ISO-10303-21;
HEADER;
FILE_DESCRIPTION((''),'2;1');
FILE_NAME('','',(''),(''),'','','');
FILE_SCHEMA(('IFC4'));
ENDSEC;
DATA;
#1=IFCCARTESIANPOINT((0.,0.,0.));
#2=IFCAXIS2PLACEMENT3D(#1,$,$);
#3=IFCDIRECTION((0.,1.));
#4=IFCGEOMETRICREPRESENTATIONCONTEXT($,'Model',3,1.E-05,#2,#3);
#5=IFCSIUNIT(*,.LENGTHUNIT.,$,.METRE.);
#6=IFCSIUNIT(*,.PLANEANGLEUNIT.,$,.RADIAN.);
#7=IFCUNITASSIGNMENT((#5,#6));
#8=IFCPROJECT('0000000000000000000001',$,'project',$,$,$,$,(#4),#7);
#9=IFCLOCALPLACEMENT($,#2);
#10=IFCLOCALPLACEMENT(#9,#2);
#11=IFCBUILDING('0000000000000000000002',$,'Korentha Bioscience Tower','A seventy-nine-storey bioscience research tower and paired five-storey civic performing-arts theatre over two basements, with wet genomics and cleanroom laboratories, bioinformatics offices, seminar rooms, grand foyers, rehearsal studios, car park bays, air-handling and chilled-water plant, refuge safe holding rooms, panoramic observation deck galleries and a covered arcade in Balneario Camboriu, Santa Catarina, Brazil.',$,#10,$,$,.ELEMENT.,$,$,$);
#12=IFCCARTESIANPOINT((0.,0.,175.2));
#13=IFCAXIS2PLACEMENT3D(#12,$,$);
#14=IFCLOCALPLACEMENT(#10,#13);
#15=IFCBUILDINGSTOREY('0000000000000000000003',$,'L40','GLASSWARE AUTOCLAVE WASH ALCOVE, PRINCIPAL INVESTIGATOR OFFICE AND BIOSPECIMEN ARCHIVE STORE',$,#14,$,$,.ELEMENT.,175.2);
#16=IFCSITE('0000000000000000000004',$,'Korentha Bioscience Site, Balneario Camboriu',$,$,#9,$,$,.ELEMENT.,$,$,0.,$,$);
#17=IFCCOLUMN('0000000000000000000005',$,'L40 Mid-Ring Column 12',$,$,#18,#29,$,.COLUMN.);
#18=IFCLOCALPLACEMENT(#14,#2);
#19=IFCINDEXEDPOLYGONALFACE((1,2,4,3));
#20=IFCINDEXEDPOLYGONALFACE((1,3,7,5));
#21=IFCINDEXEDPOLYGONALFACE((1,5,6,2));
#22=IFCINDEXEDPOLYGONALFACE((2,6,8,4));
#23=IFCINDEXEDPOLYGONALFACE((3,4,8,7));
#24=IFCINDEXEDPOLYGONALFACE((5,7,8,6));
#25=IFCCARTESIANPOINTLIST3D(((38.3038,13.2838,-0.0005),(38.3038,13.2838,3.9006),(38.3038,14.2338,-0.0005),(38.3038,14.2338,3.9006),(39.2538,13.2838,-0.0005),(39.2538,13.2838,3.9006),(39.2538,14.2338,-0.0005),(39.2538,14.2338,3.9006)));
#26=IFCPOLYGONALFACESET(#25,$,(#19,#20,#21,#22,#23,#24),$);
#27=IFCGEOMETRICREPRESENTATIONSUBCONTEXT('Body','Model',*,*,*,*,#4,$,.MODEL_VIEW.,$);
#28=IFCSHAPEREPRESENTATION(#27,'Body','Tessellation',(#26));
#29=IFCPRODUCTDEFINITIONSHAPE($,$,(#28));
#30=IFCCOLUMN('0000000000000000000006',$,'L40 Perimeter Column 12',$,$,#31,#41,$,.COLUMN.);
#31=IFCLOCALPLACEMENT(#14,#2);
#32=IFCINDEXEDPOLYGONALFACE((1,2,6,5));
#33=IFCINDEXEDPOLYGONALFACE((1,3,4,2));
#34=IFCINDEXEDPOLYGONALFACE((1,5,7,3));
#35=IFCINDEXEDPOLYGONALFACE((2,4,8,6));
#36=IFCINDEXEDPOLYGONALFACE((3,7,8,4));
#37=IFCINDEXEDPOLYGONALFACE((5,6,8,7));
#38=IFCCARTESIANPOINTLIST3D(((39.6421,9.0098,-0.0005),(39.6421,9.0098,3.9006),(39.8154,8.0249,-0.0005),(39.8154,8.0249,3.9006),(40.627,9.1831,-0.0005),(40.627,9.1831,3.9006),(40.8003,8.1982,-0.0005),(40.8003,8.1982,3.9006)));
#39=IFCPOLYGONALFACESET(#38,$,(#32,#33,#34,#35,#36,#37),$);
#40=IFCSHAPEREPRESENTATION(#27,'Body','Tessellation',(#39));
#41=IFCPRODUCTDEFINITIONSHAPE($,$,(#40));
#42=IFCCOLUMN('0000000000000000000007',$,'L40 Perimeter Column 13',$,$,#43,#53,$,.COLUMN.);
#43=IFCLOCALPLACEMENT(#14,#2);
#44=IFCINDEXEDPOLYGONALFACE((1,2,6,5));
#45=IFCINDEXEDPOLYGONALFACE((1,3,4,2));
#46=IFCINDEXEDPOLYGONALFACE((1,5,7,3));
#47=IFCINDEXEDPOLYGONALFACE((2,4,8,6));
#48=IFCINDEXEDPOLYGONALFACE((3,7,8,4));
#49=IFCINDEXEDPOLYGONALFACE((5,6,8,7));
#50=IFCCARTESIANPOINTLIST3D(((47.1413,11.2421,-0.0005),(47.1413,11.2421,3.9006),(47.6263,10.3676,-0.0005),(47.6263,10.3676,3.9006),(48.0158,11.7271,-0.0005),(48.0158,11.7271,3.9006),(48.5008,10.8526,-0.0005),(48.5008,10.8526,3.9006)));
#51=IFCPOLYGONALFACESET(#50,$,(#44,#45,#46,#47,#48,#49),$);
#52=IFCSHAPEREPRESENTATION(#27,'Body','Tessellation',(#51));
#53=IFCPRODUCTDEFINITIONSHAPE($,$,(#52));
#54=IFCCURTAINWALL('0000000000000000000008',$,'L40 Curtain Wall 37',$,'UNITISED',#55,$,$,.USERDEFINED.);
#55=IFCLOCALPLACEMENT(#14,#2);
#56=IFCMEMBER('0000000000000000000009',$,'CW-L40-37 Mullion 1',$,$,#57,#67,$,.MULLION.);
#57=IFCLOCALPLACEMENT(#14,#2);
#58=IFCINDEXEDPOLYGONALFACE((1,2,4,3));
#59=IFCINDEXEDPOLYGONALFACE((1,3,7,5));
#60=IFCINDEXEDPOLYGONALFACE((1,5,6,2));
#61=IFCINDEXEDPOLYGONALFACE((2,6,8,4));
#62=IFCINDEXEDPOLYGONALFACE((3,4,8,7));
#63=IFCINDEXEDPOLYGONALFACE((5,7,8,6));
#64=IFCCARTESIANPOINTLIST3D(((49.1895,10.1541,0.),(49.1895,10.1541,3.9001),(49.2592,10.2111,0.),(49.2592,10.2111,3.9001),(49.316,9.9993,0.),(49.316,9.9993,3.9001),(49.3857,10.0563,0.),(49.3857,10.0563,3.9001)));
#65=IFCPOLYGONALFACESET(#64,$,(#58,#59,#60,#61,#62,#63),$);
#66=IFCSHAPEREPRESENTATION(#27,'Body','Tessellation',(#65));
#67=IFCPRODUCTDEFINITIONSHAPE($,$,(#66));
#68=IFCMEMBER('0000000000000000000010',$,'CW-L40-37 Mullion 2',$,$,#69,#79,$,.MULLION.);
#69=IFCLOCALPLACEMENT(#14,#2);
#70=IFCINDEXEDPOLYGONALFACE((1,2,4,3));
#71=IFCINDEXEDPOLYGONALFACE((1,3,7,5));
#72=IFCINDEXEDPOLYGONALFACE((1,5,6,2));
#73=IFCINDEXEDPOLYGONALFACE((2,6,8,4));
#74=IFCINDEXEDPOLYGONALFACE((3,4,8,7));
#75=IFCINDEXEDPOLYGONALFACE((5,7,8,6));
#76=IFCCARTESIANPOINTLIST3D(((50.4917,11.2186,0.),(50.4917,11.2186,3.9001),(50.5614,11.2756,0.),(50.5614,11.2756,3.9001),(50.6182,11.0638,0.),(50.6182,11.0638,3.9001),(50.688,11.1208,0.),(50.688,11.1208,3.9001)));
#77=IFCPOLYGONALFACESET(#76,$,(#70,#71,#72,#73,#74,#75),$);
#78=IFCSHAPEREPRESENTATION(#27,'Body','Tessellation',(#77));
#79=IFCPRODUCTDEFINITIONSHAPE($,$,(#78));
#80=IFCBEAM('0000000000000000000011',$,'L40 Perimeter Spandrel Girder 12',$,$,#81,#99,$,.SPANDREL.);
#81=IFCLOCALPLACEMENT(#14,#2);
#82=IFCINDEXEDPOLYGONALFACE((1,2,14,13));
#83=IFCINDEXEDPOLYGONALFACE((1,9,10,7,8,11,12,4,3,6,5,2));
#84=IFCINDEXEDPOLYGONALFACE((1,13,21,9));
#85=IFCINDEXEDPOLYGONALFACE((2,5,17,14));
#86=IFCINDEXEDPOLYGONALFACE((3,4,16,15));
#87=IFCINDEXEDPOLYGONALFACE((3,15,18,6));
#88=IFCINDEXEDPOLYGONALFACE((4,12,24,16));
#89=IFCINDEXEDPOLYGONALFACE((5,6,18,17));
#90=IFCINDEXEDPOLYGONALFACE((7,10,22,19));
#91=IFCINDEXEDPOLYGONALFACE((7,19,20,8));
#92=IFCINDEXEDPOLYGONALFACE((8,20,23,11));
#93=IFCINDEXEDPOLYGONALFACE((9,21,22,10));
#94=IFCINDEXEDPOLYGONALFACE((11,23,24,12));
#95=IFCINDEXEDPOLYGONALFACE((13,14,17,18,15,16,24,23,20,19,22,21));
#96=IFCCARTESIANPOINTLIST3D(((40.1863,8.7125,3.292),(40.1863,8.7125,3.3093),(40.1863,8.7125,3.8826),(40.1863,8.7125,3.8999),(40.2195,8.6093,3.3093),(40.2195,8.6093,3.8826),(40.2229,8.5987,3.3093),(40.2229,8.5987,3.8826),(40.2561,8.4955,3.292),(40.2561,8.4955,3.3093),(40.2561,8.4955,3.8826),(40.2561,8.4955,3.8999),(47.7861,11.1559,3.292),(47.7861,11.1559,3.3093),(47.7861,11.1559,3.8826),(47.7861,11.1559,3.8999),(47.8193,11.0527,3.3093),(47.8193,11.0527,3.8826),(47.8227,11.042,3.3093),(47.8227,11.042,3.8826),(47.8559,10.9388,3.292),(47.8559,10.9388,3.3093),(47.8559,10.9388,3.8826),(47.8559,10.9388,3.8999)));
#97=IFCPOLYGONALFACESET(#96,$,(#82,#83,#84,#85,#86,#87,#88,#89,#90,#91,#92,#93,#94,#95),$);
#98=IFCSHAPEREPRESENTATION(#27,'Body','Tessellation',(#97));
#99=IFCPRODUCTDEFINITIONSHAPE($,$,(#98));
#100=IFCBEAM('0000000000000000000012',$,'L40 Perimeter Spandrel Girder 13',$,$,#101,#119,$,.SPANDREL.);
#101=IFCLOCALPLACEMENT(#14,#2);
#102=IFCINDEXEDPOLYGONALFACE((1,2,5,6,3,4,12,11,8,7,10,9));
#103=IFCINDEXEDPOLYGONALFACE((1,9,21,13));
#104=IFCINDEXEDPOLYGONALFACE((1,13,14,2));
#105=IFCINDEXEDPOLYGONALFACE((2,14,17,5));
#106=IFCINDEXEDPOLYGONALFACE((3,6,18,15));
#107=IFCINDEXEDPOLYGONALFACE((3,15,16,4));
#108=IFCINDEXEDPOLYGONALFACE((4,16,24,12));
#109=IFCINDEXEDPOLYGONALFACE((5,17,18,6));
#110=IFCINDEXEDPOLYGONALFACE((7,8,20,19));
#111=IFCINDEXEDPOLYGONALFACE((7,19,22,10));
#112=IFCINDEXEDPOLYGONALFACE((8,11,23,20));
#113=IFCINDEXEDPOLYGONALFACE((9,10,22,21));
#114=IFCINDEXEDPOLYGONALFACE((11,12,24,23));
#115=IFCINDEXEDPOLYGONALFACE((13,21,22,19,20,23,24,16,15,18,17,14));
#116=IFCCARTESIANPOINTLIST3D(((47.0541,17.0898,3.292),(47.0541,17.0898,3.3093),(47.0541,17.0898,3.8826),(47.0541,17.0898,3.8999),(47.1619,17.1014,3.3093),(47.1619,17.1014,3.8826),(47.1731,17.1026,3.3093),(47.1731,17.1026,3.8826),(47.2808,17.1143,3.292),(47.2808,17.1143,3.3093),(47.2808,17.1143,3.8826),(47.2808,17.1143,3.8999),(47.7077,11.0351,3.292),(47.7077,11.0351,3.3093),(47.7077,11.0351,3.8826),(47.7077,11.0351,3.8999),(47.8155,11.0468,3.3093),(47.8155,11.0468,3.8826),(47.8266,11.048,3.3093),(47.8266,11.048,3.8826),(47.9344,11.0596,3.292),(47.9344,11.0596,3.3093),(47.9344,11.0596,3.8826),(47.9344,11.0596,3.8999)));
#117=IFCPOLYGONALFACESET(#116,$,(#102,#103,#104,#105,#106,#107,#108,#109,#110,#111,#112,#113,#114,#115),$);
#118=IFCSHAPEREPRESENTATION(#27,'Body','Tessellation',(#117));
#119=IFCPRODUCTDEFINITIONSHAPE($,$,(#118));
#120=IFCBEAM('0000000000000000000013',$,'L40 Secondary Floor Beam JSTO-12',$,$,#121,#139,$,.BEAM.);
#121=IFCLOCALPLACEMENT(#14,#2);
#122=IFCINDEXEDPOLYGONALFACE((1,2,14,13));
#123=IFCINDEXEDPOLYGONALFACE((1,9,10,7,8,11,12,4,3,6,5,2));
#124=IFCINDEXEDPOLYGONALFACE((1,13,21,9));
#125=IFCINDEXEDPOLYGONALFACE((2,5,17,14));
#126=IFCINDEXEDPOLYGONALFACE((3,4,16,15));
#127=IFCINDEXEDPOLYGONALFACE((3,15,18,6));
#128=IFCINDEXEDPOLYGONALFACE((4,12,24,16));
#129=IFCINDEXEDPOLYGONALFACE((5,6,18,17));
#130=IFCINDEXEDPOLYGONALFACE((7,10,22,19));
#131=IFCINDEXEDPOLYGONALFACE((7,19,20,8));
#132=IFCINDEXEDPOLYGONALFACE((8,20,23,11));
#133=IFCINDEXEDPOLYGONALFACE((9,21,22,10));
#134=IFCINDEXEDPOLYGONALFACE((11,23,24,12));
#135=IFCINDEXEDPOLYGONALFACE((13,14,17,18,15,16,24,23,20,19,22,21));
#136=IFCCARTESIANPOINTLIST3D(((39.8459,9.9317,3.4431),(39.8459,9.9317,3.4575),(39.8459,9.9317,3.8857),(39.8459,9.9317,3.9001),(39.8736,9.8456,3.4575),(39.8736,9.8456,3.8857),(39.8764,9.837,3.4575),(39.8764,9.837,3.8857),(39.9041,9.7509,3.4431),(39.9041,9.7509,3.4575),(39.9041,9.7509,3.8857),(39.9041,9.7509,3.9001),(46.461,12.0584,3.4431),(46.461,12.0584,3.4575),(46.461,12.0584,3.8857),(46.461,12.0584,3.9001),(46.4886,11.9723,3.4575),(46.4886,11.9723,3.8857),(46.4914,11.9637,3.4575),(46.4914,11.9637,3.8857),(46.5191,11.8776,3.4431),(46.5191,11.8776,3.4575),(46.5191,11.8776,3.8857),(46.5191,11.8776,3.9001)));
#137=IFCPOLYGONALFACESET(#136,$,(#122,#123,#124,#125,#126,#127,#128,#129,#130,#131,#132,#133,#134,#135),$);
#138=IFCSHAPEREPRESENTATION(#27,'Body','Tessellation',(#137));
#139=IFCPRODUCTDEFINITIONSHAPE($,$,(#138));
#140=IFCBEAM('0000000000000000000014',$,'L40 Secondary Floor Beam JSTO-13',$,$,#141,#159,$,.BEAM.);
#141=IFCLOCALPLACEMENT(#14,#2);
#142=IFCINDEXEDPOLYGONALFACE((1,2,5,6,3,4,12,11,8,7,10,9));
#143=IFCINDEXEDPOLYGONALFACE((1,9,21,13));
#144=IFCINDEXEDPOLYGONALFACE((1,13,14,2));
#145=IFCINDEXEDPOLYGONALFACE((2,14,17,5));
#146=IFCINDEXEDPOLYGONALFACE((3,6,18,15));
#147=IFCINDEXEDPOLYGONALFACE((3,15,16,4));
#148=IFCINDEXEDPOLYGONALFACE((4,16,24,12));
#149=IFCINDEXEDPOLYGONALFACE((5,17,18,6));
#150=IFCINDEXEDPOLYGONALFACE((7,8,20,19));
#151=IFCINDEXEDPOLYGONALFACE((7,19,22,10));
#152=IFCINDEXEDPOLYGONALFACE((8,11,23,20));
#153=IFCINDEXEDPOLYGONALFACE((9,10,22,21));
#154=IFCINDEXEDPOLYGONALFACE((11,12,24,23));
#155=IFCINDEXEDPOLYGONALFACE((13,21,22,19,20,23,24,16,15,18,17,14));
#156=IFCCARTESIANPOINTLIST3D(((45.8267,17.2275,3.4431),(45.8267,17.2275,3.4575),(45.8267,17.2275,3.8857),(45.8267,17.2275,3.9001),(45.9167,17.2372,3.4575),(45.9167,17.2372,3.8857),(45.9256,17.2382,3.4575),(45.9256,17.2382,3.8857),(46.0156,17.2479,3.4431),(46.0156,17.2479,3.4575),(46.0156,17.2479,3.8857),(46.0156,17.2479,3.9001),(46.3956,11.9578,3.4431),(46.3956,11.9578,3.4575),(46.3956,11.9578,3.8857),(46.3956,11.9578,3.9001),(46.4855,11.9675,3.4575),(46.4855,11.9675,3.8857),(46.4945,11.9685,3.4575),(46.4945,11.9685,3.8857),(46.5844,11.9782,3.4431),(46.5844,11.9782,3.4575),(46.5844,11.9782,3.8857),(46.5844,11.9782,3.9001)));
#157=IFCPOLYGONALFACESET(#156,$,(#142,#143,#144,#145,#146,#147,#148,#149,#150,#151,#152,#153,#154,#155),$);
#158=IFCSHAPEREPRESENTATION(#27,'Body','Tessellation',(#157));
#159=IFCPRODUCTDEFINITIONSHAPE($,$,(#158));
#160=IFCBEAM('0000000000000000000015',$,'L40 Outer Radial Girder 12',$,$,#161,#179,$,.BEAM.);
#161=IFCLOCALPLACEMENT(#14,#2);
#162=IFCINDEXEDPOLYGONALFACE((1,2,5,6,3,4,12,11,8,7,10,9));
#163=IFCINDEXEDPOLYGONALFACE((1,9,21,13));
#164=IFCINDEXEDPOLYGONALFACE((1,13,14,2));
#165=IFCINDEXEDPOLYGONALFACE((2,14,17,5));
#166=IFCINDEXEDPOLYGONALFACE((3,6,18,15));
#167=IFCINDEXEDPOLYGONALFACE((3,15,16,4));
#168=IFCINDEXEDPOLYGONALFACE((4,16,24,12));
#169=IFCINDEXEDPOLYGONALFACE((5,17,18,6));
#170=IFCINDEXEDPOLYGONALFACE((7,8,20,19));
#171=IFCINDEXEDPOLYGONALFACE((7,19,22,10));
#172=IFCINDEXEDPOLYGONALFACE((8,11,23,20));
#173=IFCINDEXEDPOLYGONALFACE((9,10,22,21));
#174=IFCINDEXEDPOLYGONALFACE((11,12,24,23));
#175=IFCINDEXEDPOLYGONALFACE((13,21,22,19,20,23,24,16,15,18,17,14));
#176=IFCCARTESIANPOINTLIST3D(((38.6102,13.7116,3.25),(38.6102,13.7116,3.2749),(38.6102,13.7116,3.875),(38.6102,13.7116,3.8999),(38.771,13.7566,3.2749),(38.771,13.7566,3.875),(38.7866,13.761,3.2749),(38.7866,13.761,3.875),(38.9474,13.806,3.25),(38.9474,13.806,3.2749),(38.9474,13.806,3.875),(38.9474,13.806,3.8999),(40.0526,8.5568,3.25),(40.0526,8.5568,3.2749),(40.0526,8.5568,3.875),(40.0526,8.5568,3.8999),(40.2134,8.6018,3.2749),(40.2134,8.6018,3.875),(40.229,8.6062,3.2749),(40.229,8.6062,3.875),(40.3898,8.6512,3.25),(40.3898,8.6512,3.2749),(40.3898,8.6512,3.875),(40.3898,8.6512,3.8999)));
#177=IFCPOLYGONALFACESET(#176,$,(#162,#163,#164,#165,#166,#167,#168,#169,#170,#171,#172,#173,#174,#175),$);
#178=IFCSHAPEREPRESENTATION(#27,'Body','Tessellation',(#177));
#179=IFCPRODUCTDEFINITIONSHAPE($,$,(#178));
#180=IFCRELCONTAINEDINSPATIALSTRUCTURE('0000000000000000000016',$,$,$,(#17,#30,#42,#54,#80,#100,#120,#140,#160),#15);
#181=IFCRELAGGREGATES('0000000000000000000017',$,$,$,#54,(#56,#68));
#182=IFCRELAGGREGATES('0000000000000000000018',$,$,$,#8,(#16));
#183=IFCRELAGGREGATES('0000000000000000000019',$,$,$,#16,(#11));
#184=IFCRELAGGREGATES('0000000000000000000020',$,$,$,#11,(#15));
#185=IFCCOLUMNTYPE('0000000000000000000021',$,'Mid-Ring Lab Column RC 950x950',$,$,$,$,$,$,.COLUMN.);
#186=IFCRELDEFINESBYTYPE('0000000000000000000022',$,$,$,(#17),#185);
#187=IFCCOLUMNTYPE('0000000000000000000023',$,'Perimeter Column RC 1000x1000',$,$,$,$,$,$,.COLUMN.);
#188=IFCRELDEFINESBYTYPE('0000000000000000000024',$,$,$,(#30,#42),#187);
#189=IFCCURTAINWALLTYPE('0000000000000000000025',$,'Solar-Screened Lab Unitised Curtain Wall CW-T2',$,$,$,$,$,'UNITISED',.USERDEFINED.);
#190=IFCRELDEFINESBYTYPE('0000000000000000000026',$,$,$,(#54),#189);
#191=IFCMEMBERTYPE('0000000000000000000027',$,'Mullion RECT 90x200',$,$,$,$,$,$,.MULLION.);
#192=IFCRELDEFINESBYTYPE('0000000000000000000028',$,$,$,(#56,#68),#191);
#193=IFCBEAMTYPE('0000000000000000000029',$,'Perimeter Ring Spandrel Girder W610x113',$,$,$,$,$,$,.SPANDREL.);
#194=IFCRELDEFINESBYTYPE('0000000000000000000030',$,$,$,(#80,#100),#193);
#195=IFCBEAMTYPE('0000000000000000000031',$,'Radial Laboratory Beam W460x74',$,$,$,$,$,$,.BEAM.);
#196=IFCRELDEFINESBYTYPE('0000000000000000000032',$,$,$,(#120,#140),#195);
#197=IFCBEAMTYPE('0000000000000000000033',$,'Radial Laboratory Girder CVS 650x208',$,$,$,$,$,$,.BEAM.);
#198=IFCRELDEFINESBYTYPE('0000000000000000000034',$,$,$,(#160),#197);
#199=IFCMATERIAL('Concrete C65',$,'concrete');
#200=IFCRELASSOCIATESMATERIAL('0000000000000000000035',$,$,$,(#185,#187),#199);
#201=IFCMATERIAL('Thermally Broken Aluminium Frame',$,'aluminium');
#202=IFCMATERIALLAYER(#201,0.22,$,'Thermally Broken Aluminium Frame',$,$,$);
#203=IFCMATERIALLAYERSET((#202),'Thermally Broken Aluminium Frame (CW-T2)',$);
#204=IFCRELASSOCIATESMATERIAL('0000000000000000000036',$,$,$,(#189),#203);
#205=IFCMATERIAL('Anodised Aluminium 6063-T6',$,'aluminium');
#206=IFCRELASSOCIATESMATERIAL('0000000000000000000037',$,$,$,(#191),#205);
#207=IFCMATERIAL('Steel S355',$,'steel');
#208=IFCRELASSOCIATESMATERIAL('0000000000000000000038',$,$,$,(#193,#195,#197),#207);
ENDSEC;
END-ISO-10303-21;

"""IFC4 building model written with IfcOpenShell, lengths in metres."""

from ifc_helpers import new_model, si_unit, direction, frame, origin, origin_2d, place, context, subcontext, project, spatial, rectangle, i_section, extrude, material, layer, layer_set, material_profile, profile_set, type_object, element, aggregate, save


model = new_model("IFC4")

# Units and contexts
model_context = context("Model", 3, precision=1e-05, world=origin(), true_north=direction((0.0, 1.0)))
body_context = subcontext(model_context, "Body", "Model", "MODEL_VIEW")
ifc_project = project(units=[si_unit("LENGTHUNIT", "METRE"), si_unit("PLANEANGLEUNIT", "RADIAN")], contexts=[model_context])

# Site, building, storey
site_placement = place(None, origin())
site = spatial("IfcSite", under=ifc_project, at=site_placement, Name="Korentha Bioscience Site, Balneario Camboriu", CompositionType="ELEMENT", RefElevation=0.0)
building_placement = place(site_placement, origin())
building = spatial("IfcBuilding", under=site, at=building_placement, Name="Korentha Bioscience Tower", Description="A seventy-nine-storey bioscience research tower and paired five-storey civic performing-arts theatre over two basements, with wet genomics and cleanroom laboratories, bioinformatics offices, seminar rooms, grand foyers, rehearsal studios, car park bays, air-handling and chilled-water plant, refuge safe holding rooms, panoramic observation deck galleries and a covered arcade in Balneario Camboriu, Santa Catarina, Brazil.", CompositionType="ELEMENT")
storey_placement = place(building_placement, frame((0.0, 0.0, 175.2)))
storey = spatial("IfcBuildingStorey", under=building, at=storey_placement, Name="L40", Description="GLASSWARE AUTOCLAVE WASH ALCOVE, PRINCIPAL INVESTIGATOR OFFICE AND BIOSPECIMEN ARCHIVE STORE", CompositionType="ELEMENT", Elevation=175.2)

# Columns
ifc_material_1 = material(Name="Concrete C65", Category="concrete")
ifc_material_profile_1 = material_profile(ifc_material_1, rectangle(XDim=0.95, YDim=0.95, at=origin_2d()), Name="Concrete C65")
ifc_profile_set_1 = profile_set([ifc_material_profile_1], Name="Concrete C65 (COL-MR09)")
column_type_1 = type_object("IfcColumnType", Name="Mid-Ring Lab Column RC 950x950", PredefinedType="COLUMN", material=ifc_profile_set_1)
column_placement = place(storey_placement, frame((38.7788, 13.7588, -0.0005), z_axis=(0.0, 0.0, 1.0), x_axis=(1.0, 0.0, 0.0)))
element("IfcColumn", 1, at=column_placement, inside=storey, type_object=column_type_1, Name="L40 Mid-Ring Column 12", PredefinedType="COLUMN", context=body_context, shape_type="SweptSolid", body=[
    extrude(rectangle(XDim=0.95, YDim=0.95, at=origin_2d()), origin(), (0.0, 0.0, 1.0), 3.9011),
])
ifc_material_profile_2 = material_profile(ifc_material_1, rectangle(XDim=1.0, YDim=1.0, at=origin_2d()), Name="Concrete C65")
ifc_profile_set_2 = profile_set([ifc_material_profile_2], Name="Concrete C65 (COL-P10)")
column_type_2 = type_object("IfcColumnType", Name="Perimeter Column RC 1000x1000", PredefinedType="COLUMN", material=ifc_profile_set_2)
for number, where, z_axis, x_axis, name in (
    (2, (40.2212, 8.604, -0.0005), (0.0, 0.0, 1.0), (0.984868, 0.173304, 0.0), "L40 Perimeter Column 12"),
    (3, (47.821, 11.0474, -0.0005), (0.0, 0.0, 1.0), (0.874535, 0.484962, 0.0), "L40 Perimeter Column 13"),
):
    element("IfcColumn", number, at=place(storey_placement, frame(where, z_axis=z_axis, x_axis=x_axis)), inside=storey, type_object=column_type_2, Name=name, PredefinedType="COLUMN", context=body_context, shape_type="SweptSolid", body=[
        extrude(rectangle(XDim=1.0, YDim=1.0, at=origin_2d()), origin(), (0.0, 0.0, 1.0), 3.9011),
    ])

# Curtain wall, members
ifc_material_2 = material(Name="Thermally Broken Aluminium Frame", Category="aluminium")
ifc_layer_1 = layer(ifc_material_2, 0.22, Name="Thermally Broken Aluminium Frame")
ifc_layer_set_1 = layer_set([ifc_layer_1], Name="Thermally Broken Aluminium Frame (CW-T2)")
curtain_wall_type = type_object("IfcCurtainWallType", Name="Solar-Screened Lab Unitised Curtain Wall CW-T2", ElementType="UNITISED", PredefinedType="USERDEFINED", material=ifc_layer_set_1)
curtain_wall_placement = place(storey_placement, origin())
curtain_wall = element("IfcCurtainWall", 4, at=curtain_wall_placement, inside=storey, type_object=curtain_wall_type, Name="L40 Curtain Wall 37", ObjectType="UNITISED", PredefinedType="USERDEFINED")
ifc_material_3 = material(Name="Anodised Aluminium 6063-T6", Category="aluminium")
ifc_material_profile_3 = material_profile(ifc_material_3, rectangle(XDim=0.0901, YDim=0.2, at=origin_2d()), Name="Anodised Aluminium 6063-T6")
ifc_profile_set_3 = profile_set([ifc_material_profile_3], Name="Anodised Aluminium 6063-T6 (CW-MUL)")
member_type_1 = type_object("IfcMemberType", Name="Mullion RECT 90x200", PredefinedType="MULLION", material=ifc_profile_set_3)
member_1_placement = place(storey_placement, frame((49.2876, 10.1052, 0.0), z_axis=(0.0, 0.0, 1.0), x_axis=(0.774256, 0.632872, 0.0)))
member_1 = element("IfcMember", 5, at=member_1_placement, type_object=member_type_1, Name="CW-L40-37 Mullion 1", PredefinedType="MULLION", context=body_context, shape_type="SweptSolid", body=[
    extrude(rectangle(XDim=0.0901, YDim=0.2, at=origin_2d()), origin(), (0.0, 0.0, 1.0), 3.9001),
])
member_2_placement = place(storey_placement, frame((50.5898, 11.1697, 0.0), z_axis=(0.0, 0.0, 1.0), x_axis=(0.774256, 0.632872, 0.0)))
member_2 = element("IfcMember", 6, at=member_2_placement, type_object=member_type_1, Name="CW-L40-37 Mullion 2", PredefinedType="MULLION", context=body_context, shape_type="SweptSolid", body=[
    extrude(rectangle(XDim=0.0901, YDim=0.2, at=origin_2d()), origin(), (0.0, 0.0, 1.0), 3.9001),
])

# Beams
ifc_material_4 = material(Name="Steel S355", Category="steel")
ifc_material_profile_4 = material_profile(ifc_material_4, i_section(OverallWidth=0.228, OverallDepth=0.6079, WebThickness=0.0112, FlangeThickness=0.0173, at=origin_2d()), Name="Steel S355")
ifc_profile_set_4 = profile_set([ifc_material_profile_4], Name="Steel S355 (SB-610)")
beam_type_1 = type_object("IfcBeamType", Name="Perimeter Ring Spandrel Girder W610x113", PredefinedType="SPANDREL", material=ifc_profile_set_4)
beam_1_placement = place(storey_placement, frame((40.2212, 8.604, 3.5959), z_axis=(0.952009, 0.306072, 0.0), x_axis=(-0.306072, 0.952009, 0.0)))
element("IfcBeam", 7, at=beam_1_placement, inside=storey, type_object=beam_type_1, Name="L40 Perimeter Spandrel Girder 12", PredefinedType="SPANDREL", context=body_context, shape_type="SweptSolid", body=[
    extrude(i_section(OverallWidth=0.228, OverallDepth=0.6079, WebThickness=0.0112, FlangeThickness=0.0173, at=origin_2d()), origin(), (0.0, 0.0, 1.0), 7.9829),
])
beam_2_placement = place(storey_placement, frame((47.821, 11.0474, 3.5959), z_axis=(-0.10732, 0.994225, 0.0), x_axis=(-0.994225, -0.10732, 0.0)))
element("IfcBeam", 8, at=beam_2_placement, inside=storey, type_object=beam_type_1, Name="L40 Perimeter Spandrel Girder 13", PredefinedType="SPANDREL", context=body_context, shape_type="SweptSolid", body=[
    extrude(i_section(OverallWidth=0.228, OverallDepth=0.6079, WebThickness=0.0112, FlangeThickness=0.0173, at=origin_2d()), origin(), (0.0, 0.0, 1.0), 6.0898),
])
ifc_material_profile_5 = material_profile(ifc_material_4, i_section(OverallWidth=0.1899, OverallDepth=0.457, WebThickness=0.009, FlangeThickness=0.0144, at=origin_2d()), Name="Steel S355")
ifc_profile_set_5 = profile_set([ifc_material_profile_5], Name="Steel S355 (RB-460)")
beam_type_2 = type_object("IfcBeamType", Name="Radial Laboratory Beam W460x74", PredefinedType="BEAM", material=ifc_profile_set_5)
beam_3_placement = place(storey_placement, frame((39.875, 9.8413, 3.6716), z_axis=(0.952009, 0.306069, 0.0), x_axis=(-0.306069, 0.952009, 0.0)))
element("IfcBeam", 9, at=beam_3_placement, inside=storey, type_object=beam_type_2, Name="L40 Secondary Floor Beam JSTO-12", PredefinedType="BEAM", context=body_context, shape_type="SweptSolid", body=[
    extrude(i_section(OverallWidth=0.1899, OverallDepth=0.457, WebThickness=0.009, FlangeThickness=0.0144, at=origin_2d()), origin(), (0.0, 0.0, 1.0), 6.9485),
])
beam_4_placement = place(storey_placement, frame((46.49, 11.968, 3.6716), z_axis=(-0.107322, 0.994224, 0.0), x_axis=(-0.994224, -0.107322, 0.0)))
element("IfcBeam", 10, at=beam_4_placement, inside=storey, type_object=beam_type_2, Name="L40 Secondary Floor Beam JSTO-13", PredefinedType="BEAM", context=body_context, shape_type="SweptSolid", body=[
    extrude(i_section(OverallWidth=0.1899, OverallDepth=0.457, WebThickness=0.009, FlangeThickness=0.0144, at=origin_2d()), origin(), (0.0, 0.0, 1.0), 5.3003),
])
ifc_material_profile_6 = material_profile(ifc_material_4, i_section(OverallWidth=0.3501, OverallDepth=0.6499, WebThickness=0.0161, FlangeThickness=0.0249, at=origin_2d()), Name="Steel S355")
ifc_profile_set_6 = profile_set([ifc_material_profile_6], Name="Steel S355 (RB-650)")
beam_type_3 = type_object("IfcBeamType", Name="Radial Laboratory Girder CVS 650x208", PredefinedType="BEAM", material=ifc_profile_set_6)
beam_5_placement = place(storey_placement, frame((38.7788, 13.7588, 3.575), z_axis=(0.269464, -0.96301, 0.0), x_axis=(0.96301, 0.269464, 0.0)))
element("IfcBeam", 11, at=beam_5_placement, inside=storey, type_object=beam_type_3, Name="L40 Outer Radial Girder 12", PredefinedType="BEAM", context=body_context, shape_type="SweptSolid", body=[
    extrude(i_section(OverallWidth=0.3501, OverallDepth=0.6499, WebThickness=0.0161, FlangeThickness=0.0249, at=origin_2d()), origin(), (0.0, 0.0, 1.0), 5.3528),
])

aggregate(curtain_wall, [member_1, member_2])

save(model, "model.ifc")
